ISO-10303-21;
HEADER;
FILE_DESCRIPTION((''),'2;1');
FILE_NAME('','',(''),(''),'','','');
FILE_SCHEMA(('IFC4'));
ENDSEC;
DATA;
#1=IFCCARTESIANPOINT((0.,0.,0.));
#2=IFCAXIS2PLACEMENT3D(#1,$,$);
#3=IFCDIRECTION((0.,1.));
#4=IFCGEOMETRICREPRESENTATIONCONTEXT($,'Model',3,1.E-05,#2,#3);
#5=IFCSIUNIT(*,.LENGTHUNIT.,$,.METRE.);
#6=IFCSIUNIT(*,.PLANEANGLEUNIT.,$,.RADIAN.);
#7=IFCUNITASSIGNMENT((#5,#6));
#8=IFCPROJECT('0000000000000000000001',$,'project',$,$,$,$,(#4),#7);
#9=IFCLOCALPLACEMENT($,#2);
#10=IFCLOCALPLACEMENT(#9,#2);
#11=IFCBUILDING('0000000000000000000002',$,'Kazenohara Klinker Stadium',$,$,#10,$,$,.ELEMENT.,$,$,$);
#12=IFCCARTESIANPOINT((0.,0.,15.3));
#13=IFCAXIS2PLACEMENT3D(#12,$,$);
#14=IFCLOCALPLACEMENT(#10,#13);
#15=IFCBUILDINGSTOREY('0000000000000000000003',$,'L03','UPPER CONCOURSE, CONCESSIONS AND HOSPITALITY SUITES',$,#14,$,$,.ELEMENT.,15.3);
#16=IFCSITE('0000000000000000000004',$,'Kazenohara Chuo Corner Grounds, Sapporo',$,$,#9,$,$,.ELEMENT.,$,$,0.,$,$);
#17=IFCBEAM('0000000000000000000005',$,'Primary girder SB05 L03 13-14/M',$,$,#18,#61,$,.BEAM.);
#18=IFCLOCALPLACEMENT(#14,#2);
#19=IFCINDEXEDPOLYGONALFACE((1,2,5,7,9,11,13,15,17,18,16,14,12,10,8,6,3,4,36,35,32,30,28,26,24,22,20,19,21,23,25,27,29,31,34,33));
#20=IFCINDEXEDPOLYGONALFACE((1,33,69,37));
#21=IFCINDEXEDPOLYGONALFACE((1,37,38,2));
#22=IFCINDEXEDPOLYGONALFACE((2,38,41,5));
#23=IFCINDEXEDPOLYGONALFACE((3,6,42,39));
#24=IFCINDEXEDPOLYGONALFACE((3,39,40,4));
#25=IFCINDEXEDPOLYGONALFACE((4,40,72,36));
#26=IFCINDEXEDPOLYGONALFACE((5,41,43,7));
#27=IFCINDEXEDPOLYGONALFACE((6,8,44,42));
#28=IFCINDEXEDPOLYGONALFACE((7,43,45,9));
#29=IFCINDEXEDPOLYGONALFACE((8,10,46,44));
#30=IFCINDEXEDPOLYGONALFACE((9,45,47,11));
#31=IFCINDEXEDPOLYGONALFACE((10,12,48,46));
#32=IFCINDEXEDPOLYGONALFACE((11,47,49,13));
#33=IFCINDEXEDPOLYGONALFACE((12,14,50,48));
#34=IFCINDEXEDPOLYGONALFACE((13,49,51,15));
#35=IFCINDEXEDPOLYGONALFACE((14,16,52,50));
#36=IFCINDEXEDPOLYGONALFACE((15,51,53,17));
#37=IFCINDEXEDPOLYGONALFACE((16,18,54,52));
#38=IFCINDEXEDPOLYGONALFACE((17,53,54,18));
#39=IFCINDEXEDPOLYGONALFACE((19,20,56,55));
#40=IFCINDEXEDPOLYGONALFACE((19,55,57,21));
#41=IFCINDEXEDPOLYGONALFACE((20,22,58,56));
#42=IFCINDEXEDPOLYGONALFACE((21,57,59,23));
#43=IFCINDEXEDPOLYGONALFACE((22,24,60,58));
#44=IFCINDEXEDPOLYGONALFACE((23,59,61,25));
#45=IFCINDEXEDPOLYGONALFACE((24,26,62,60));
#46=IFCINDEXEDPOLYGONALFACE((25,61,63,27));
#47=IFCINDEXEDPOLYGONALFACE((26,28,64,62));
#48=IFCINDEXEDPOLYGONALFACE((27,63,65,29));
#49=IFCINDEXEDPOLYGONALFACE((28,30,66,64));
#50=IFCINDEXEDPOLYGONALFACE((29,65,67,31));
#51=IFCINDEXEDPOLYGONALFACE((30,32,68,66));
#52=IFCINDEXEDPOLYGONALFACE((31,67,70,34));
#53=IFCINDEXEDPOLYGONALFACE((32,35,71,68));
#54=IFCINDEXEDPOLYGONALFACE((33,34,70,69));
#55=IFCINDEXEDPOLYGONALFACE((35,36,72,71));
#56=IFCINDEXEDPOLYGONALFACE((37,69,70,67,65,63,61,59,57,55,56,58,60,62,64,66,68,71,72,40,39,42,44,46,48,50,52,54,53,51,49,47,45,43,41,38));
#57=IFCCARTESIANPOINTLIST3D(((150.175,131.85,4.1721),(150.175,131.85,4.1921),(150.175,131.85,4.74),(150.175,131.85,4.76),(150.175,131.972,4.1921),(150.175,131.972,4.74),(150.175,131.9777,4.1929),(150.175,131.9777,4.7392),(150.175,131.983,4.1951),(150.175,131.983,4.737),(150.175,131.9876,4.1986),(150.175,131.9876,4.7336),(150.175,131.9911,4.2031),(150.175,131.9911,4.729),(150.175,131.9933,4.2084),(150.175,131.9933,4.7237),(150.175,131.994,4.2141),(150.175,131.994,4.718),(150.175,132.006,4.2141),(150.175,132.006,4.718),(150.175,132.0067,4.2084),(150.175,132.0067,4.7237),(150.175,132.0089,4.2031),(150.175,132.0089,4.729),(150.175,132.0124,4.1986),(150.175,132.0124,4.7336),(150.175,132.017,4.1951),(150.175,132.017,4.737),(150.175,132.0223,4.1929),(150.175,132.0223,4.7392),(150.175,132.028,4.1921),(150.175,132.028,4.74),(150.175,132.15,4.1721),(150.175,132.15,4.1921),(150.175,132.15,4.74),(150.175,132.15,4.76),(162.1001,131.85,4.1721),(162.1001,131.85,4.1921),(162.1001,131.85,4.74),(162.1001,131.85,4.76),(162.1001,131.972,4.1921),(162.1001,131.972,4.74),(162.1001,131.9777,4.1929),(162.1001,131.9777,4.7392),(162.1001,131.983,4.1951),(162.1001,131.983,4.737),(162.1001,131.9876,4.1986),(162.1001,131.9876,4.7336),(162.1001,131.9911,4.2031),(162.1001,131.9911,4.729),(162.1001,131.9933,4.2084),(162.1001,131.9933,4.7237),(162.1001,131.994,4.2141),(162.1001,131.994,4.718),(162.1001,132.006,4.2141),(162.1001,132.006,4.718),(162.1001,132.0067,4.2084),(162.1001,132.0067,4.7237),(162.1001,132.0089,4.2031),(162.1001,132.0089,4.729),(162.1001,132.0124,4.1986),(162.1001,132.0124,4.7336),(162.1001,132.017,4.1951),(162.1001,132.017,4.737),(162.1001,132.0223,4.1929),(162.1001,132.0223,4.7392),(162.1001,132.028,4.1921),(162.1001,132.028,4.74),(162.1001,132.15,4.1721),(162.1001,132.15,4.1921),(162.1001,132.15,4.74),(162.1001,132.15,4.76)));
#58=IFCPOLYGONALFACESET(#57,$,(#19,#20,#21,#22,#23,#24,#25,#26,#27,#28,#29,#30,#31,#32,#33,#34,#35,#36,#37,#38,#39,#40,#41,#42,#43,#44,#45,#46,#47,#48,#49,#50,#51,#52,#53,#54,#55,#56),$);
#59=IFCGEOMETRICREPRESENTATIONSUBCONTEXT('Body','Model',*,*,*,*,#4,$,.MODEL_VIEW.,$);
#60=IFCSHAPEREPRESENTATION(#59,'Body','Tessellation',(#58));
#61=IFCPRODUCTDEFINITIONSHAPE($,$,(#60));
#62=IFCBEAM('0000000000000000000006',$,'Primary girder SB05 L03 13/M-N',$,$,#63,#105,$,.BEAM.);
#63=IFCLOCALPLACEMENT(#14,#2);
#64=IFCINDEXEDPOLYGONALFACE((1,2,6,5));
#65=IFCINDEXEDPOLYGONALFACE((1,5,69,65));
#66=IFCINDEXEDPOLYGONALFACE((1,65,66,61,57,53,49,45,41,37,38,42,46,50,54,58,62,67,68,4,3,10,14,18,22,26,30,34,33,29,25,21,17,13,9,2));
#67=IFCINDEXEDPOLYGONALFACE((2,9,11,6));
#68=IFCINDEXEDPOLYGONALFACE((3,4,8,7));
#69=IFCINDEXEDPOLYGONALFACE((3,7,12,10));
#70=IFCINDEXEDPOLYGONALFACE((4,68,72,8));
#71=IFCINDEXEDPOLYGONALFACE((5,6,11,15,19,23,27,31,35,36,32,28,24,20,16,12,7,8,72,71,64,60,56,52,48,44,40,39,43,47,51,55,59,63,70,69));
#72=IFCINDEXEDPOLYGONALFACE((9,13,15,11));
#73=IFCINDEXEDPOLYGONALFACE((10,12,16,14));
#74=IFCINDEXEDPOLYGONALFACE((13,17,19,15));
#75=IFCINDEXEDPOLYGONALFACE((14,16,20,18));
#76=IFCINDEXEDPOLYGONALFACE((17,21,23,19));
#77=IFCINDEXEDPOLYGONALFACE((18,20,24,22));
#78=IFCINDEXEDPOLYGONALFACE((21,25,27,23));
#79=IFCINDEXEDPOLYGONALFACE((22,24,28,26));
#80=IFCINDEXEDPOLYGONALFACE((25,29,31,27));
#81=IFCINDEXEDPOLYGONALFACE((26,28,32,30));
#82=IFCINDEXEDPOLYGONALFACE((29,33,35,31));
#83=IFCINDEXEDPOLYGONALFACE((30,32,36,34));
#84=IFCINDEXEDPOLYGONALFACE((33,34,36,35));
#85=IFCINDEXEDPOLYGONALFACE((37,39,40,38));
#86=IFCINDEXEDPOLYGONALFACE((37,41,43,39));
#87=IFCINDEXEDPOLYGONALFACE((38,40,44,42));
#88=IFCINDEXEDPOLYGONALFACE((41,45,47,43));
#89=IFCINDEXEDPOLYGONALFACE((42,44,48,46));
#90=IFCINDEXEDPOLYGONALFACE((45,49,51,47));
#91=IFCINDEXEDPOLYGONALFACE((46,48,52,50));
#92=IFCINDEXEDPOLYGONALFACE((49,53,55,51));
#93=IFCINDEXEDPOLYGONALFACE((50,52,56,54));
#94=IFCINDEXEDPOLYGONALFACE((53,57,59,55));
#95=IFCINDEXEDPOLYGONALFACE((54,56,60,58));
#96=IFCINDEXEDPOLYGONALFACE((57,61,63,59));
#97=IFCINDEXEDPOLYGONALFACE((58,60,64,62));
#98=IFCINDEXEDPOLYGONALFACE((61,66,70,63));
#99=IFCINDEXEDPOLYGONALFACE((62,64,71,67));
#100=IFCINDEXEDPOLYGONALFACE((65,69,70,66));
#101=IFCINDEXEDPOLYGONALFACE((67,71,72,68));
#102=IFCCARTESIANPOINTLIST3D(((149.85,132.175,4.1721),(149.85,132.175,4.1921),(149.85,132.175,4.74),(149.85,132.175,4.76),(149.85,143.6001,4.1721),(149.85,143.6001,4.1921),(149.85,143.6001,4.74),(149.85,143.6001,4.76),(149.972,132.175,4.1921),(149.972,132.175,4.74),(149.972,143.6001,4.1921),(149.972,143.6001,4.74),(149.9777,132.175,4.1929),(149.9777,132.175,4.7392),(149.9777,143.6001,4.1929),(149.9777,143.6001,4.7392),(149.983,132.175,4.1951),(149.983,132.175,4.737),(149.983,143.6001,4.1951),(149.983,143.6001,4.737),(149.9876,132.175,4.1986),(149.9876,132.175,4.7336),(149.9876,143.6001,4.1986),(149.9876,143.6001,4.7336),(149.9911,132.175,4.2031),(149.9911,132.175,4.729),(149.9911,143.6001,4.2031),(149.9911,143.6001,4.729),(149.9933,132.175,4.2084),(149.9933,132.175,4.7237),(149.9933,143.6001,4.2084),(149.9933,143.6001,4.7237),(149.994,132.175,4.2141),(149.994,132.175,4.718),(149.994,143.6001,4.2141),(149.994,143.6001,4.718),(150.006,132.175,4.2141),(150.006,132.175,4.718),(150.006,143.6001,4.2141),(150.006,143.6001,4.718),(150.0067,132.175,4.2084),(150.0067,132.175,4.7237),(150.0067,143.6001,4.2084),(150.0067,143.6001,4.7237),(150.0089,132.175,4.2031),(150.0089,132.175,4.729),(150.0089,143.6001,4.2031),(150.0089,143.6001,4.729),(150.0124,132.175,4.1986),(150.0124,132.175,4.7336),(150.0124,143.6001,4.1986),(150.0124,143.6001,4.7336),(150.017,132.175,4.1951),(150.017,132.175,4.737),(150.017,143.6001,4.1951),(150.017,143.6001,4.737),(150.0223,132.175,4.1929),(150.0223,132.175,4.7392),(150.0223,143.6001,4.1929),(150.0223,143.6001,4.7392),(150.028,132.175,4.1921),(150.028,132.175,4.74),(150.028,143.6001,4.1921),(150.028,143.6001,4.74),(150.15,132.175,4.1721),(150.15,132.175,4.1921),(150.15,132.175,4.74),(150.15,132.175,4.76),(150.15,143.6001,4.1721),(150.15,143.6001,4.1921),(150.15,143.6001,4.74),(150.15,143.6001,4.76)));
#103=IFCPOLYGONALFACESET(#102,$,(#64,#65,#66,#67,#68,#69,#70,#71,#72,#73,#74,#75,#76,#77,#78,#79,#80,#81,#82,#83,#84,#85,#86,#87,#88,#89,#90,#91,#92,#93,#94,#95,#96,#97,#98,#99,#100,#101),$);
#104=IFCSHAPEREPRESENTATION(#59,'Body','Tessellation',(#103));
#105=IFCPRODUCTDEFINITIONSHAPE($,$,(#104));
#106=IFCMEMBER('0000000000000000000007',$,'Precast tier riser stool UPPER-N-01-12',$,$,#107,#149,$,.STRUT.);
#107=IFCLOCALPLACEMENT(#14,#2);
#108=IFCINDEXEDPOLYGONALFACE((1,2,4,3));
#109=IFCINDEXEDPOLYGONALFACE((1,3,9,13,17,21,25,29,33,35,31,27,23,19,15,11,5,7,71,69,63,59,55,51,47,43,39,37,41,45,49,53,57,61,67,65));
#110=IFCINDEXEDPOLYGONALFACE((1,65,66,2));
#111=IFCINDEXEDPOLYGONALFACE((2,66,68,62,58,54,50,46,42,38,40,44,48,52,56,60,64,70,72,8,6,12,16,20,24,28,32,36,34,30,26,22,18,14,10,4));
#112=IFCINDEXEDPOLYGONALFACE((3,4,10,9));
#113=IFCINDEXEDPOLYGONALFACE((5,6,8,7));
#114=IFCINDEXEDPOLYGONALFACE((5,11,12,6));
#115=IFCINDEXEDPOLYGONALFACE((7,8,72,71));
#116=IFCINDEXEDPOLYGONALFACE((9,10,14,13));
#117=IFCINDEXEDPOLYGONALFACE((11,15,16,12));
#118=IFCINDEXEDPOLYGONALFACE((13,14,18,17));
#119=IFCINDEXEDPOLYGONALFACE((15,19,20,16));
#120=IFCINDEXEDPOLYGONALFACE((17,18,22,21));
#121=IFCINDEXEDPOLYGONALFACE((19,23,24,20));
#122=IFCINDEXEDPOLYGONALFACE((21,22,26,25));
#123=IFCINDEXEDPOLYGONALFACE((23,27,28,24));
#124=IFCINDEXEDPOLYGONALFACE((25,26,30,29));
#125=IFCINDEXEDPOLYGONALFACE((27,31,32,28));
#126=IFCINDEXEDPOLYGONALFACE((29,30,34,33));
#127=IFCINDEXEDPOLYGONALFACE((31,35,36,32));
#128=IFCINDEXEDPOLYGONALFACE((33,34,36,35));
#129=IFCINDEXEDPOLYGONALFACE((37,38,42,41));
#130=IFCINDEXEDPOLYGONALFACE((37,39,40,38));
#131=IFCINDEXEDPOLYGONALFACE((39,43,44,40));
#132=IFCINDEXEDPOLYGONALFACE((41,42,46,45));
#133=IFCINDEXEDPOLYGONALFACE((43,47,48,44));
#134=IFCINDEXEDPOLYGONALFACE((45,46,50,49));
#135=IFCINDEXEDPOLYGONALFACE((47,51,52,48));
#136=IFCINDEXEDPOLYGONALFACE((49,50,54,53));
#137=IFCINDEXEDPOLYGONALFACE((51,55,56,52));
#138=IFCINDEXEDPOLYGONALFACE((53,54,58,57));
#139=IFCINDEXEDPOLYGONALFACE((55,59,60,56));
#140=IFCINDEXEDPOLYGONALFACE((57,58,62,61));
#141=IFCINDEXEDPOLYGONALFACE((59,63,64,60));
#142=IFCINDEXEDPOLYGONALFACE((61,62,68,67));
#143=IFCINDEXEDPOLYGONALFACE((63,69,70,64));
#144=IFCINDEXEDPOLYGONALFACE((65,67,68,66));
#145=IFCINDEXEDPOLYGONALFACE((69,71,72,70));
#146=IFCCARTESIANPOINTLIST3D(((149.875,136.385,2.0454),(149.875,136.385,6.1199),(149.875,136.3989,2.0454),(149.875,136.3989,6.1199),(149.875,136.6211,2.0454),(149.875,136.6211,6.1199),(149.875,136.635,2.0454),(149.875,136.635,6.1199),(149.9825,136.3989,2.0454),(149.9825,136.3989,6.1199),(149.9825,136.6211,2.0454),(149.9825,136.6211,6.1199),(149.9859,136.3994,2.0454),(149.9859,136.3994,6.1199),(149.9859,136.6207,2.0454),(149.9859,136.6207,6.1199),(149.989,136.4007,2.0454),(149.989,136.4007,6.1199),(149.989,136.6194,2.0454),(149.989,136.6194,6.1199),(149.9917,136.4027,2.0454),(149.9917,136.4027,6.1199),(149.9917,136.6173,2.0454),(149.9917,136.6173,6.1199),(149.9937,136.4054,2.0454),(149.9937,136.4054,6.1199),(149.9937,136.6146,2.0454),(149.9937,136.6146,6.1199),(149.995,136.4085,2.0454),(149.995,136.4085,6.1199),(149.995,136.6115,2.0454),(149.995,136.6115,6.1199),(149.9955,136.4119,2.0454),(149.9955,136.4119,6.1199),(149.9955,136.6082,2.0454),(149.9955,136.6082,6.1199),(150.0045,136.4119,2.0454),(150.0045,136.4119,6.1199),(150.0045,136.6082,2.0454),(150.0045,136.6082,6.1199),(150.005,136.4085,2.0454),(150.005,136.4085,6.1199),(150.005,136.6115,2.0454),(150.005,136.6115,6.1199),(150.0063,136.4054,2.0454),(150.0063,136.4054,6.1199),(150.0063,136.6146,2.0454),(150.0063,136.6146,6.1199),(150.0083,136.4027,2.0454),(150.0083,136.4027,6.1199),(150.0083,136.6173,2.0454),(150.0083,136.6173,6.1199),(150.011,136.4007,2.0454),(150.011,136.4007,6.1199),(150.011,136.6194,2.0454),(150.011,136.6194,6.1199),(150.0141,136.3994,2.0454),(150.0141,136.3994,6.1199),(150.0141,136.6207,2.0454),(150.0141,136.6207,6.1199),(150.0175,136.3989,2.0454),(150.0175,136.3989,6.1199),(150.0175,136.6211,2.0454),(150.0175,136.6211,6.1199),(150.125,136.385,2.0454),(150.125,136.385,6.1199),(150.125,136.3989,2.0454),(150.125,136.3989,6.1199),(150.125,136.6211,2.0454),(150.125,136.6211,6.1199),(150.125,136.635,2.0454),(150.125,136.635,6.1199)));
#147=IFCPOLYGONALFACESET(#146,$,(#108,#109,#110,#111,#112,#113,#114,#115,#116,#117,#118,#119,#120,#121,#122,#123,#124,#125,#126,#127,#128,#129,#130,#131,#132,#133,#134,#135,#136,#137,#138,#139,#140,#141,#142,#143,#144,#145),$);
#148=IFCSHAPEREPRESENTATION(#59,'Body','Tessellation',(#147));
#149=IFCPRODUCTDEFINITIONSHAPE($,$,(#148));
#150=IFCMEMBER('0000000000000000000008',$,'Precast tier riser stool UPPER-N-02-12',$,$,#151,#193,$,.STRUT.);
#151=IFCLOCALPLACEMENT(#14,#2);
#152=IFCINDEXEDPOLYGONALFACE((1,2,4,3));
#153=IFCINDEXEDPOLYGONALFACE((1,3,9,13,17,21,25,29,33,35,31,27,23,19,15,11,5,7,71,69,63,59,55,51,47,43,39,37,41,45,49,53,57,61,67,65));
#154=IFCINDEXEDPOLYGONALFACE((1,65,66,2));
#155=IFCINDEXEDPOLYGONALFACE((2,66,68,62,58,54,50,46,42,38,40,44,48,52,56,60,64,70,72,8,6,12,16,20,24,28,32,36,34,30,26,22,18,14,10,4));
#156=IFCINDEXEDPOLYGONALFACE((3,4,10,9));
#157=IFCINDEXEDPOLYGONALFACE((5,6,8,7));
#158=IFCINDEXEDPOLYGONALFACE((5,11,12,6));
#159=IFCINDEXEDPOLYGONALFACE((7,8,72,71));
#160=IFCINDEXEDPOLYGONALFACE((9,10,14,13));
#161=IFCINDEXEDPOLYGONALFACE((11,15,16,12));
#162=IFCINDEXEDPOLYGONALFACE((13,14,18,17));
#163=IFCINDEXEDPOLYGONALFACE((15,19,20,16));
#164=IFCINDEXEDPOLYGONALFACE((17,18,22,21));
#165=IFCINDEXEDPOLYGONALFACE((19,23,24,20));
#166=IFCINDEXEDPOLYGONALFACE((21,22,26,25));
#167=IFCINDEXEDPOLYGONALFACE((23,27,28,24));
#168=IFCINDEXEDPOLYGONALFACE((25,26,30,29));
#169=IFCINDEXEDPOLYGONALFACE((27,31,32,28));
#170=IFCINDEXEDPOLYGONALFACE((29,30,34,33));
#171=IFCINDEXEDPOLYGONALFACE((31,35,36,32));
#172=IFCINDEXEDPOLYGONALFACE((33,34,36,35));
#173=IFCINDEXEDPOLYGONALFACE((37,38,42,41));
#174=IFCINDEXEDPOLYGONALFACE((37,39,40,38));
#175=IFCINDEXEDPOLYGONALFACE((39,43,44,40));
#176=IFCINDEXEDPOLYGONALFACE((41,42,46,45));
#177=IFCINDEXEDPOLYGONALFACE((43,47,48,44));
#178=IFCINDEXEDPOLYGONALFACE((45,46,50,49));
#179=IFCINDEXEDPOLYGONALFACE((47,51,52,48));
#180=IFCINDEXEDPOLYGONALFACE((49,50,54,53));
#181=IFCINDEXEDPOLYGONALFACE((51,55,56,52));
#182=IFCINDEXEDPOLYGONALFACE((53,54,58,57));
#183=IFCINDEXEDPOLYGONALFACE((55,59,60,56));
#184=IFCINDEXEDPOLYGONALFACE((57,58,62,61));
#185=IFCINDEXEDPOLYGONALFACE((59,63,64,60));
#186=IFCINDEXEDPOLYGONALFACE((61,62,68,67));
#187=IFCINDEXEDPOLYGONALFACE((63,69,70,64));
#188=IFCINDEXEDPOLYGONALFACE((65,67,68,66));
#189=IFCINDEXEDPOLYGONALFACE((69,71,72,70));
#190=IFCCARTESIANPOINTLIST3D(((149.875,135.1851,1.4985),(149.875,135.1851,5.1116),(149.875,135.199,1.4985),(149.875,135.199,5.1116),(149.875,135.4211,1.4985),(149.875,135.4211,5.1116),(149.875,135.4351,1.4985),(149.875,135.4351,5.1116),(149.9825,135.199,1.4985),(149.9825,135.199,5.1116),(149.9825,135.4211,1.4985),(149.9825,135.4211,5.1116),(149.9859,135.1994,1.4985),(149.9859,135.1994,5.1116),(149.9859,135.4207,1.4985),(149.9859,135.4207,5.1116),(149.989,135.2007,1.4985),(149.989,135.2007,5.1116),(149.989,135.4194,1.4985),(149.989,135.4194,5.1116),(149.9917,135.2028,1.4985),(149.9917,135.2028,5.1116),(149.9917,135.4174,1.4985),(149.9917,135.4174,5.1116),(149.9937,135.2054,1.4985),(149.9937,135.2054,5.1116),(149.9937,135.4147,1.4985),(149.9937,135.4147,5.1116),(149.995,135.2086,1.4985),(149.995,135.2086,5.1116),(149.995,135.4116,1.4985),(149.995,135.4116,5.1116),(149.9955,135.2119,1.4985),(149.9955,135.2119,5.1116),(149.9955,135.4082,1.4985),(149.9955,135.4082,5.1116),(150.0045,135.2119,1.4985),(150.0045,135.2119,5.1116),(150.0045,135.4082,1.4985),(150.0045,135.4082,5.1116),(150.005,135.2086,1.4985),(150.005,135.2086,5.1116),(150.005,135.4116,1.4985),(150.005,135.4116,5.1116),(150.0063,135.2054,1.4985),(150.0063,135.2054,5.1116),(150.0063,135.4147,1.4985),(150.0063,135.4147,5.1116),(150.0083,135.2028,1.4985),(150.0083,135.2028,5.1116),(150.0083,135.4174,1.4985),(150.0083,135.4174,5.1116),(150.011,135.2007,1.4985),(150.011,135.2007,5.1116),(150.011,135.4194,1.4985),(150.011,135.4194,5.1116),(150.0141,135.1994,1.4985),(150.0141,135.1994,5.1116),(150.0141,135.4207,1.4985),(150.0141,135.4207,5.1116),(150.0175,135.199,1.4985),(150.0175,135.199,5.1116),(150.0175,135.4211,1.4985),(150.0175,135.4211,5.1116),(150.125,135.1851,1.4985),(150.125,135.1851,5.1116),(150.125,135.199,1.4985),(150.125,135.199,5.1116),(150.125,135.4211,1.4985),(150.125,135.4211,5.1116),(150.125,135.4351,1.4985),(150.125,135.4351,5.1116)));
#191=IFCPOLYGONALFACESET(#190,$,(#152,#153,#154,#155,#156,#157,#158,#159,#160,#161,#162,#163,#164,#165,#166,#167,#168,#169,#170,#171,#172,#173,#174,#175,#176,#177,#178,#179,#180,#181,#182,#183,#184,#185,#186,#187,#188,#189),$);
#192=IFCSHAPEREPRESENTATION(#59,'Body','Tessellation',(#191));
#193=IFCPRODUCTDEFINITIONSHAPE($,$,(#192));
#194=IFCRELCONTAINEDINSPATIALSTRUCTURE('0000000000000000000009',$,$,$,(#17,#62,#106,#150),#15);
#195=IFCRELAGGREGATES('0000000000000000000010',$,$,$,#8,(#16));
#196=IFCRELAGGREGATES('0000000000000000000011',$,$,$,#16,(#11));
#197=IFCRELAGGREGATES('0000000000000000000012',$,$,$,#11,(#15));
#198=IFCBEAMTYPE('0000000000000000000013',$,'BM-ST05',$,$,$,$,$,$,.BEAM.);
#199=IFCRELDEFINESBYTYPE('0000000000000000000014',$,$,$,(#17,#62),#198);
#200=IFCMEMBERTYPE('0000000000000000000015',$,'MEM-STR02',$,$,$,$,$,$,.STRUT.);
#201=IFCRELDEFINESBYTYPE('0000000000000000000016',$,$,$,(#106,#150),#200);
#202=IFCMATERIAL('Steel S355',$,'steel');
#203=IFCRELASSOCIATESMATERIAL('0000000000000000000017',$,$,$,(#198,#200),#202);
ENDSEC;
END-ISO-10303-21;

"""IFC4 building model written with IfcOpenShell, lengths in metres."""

from ifc_helpers import new_model, si_unit, direction, frame, origin, origin_2d, place, context, subcontext, project, spatial, i_section, extrude, material, material_profile, profile_set, type_object, element, save


model = new_model("IFC4")

# Units and contexts
model_context = context("Model", 3, precision=1e-05, world=origin(), true_north=direction((0.0, 1.0)))
body_context = subcontext(model_context, "Body", "Model", "MODEL_VIEW")
ifc_project = project(units=[si_unit("LENGTHUNIT", "METRE"), si_unit("PLANEANGLEUNIT", "RADIAN")], contexts=[model_context])

# Site, building, storey
site_placement = place(None, origin())
site = spatial("IfcSite", under=ifc_project, at=site_placement, Name="Kazenohara Chuo Corner Grounds, Sapporo", CompositionType="ELEMENT", RefElevation=0.0)
building_placement = place(site_placement, origin())
building = spatial("IfcBuilding", under=site, at=building_placement, Name="Kazenohara Klinker Stadium", CompositionType="ELEMENT")
storey_placement = place(building_placement, frame((0.0, 0.0, 15.3)))
storey = spatial("IfcBuildingStorey", under=building, at=storey_placement, Name="L03", Description="UPPER CONCOURSE, CONCESSIONS AND HOSPITALITY SUITES", CompositionType="ELEMENT", Elevation=15.3)

# Shared definitions
ifc_material_1 = material(Name="Steel S355", Category="steel")

# Beams
ifc_material_profile_1 = material_profile(ifc_material_1, i_section(OverallWidth=0.3, OverallDepth=0.5879, WebThickness=0.012, FlangeThickness=0.02, FilletRadius=0.022, at=origin_2d()), Name="H-588x300x12x20")
ifc_profile_set_1 = profile_set([ifc_material_profile_1], Name="Steel S355")
beam_type_1 = type_object("IfcBeamType", Name="BM-ST05", PredefinedType="BEAM", material=ifc_profile_set_1)
beam_1_placement = place(storey_placement, frame((150.175, 132.0, 4.4661), z_axis=(1.0, 0.0, 0.0), x_axis=(0.0, 1.0, 0.0)))
element("IfcBeam", 1, at=beam_1_placement, inside=storey, type_object=beam_type_1, Name="Primary girder SB05 L03 13-14/M", PredefinedType="BEAM", context=body_context, shape_type="SweptSolid", body=[
    extrude(i_section(OverallWidth=0.3, OverallDepth=0.5879, WebThickness=0.012, FlangeThickness=0.02, FilletRadius=0.022, at=origin_2d()), origin(), (0.0, 0.0, 1.0), 11.925),
])
beam_2_placement = place(storey_placement, frame((150.0, 132.175, 4.4661), z_axis=(0.0, 1.0, 0.0), x_axis=(-1.0, 0.0, 0.0)))
element("IfcBeam", 2, at=beam_2_placement, inside=storey, type_object=beam_type_1, Name="Primary girder SB05 L03 13/M-N", PredefinedType="BEAM", context=body_context, shape_type="SweptSolid", body=[
    extrude(i_section(OverallWidth=0.3, OverallDepth=0.5879, WebThickness=0.012, FlangeThickness=0.02, FilletRadius=0.022, at=origin_2d()), origin(), (0.0, 0.0, 1.0), 11.425),
])

# Members
ifc_material_profile_2 = material_profile(ifc_material_1, i_section(OverallWidth=0.25, OverallDepth=0.25, WebThickness=0.009, FlangeThickness=0.0139, FilletRadius=0.0129, at=origin_2d()), Name="H-250x250x9x14")
ifc_profile_set_2 = profile_set([ifc_material_profile_2], Name="Steel S355")
member_type = type_object("IfcMemberType", Name="MEM-STR02", PredefinedType="STRUT", material=ifc_profile_set_2)
member_1_placement = place(storey_placement, frame((150.0, 136.51, 2.0454), z_axis=(0.0, 0.0, 1.0), x_axis=(1.0, 0.0, 0.0)))
element("IfcMember", 3, at=member_1_placement, inside=storey, type_object=member_type, Name="Precast tier riser stool UPPER-N-01-12", PredefinedType="STRUT", context=body_context, shape_type="SweptSolid", body=[
    extrude(i_section(OverallWidth=0.25, OverallDepth=0.25, WebThickness=0.009, FlangeThickness=0.0139, FilletRadius=0.0129, at=origin_2d()), origin(), (0.0, 0.0, 1.0), 4.0745),
])
member_2_placement = place(storey_placement, frame((150.0, 135.3101, 1.4985), z_axis=(0.0, 0.0, 1.0), x_axis=(1.0, 0.0, 0.0)))
element("IfcMember", 4, at=member_2_placement, inside=storey, type_object=member_type, Name="Precast tier riser stool UPPER-N-02-12", PredefinedType="STRUT", context=body_context, shape_type="SweptSolid", body=[
    extrude(i_section(OverallWidth=0.25, OverallDepth=0.25, WebThickness=0.009, FlangeThickness=0.0139, FilletRadius=0.0129, at=origin_2d()), origin(), (0.0, 0.0, 1.0), 3.613),
])

save(model, "model.ifc")
